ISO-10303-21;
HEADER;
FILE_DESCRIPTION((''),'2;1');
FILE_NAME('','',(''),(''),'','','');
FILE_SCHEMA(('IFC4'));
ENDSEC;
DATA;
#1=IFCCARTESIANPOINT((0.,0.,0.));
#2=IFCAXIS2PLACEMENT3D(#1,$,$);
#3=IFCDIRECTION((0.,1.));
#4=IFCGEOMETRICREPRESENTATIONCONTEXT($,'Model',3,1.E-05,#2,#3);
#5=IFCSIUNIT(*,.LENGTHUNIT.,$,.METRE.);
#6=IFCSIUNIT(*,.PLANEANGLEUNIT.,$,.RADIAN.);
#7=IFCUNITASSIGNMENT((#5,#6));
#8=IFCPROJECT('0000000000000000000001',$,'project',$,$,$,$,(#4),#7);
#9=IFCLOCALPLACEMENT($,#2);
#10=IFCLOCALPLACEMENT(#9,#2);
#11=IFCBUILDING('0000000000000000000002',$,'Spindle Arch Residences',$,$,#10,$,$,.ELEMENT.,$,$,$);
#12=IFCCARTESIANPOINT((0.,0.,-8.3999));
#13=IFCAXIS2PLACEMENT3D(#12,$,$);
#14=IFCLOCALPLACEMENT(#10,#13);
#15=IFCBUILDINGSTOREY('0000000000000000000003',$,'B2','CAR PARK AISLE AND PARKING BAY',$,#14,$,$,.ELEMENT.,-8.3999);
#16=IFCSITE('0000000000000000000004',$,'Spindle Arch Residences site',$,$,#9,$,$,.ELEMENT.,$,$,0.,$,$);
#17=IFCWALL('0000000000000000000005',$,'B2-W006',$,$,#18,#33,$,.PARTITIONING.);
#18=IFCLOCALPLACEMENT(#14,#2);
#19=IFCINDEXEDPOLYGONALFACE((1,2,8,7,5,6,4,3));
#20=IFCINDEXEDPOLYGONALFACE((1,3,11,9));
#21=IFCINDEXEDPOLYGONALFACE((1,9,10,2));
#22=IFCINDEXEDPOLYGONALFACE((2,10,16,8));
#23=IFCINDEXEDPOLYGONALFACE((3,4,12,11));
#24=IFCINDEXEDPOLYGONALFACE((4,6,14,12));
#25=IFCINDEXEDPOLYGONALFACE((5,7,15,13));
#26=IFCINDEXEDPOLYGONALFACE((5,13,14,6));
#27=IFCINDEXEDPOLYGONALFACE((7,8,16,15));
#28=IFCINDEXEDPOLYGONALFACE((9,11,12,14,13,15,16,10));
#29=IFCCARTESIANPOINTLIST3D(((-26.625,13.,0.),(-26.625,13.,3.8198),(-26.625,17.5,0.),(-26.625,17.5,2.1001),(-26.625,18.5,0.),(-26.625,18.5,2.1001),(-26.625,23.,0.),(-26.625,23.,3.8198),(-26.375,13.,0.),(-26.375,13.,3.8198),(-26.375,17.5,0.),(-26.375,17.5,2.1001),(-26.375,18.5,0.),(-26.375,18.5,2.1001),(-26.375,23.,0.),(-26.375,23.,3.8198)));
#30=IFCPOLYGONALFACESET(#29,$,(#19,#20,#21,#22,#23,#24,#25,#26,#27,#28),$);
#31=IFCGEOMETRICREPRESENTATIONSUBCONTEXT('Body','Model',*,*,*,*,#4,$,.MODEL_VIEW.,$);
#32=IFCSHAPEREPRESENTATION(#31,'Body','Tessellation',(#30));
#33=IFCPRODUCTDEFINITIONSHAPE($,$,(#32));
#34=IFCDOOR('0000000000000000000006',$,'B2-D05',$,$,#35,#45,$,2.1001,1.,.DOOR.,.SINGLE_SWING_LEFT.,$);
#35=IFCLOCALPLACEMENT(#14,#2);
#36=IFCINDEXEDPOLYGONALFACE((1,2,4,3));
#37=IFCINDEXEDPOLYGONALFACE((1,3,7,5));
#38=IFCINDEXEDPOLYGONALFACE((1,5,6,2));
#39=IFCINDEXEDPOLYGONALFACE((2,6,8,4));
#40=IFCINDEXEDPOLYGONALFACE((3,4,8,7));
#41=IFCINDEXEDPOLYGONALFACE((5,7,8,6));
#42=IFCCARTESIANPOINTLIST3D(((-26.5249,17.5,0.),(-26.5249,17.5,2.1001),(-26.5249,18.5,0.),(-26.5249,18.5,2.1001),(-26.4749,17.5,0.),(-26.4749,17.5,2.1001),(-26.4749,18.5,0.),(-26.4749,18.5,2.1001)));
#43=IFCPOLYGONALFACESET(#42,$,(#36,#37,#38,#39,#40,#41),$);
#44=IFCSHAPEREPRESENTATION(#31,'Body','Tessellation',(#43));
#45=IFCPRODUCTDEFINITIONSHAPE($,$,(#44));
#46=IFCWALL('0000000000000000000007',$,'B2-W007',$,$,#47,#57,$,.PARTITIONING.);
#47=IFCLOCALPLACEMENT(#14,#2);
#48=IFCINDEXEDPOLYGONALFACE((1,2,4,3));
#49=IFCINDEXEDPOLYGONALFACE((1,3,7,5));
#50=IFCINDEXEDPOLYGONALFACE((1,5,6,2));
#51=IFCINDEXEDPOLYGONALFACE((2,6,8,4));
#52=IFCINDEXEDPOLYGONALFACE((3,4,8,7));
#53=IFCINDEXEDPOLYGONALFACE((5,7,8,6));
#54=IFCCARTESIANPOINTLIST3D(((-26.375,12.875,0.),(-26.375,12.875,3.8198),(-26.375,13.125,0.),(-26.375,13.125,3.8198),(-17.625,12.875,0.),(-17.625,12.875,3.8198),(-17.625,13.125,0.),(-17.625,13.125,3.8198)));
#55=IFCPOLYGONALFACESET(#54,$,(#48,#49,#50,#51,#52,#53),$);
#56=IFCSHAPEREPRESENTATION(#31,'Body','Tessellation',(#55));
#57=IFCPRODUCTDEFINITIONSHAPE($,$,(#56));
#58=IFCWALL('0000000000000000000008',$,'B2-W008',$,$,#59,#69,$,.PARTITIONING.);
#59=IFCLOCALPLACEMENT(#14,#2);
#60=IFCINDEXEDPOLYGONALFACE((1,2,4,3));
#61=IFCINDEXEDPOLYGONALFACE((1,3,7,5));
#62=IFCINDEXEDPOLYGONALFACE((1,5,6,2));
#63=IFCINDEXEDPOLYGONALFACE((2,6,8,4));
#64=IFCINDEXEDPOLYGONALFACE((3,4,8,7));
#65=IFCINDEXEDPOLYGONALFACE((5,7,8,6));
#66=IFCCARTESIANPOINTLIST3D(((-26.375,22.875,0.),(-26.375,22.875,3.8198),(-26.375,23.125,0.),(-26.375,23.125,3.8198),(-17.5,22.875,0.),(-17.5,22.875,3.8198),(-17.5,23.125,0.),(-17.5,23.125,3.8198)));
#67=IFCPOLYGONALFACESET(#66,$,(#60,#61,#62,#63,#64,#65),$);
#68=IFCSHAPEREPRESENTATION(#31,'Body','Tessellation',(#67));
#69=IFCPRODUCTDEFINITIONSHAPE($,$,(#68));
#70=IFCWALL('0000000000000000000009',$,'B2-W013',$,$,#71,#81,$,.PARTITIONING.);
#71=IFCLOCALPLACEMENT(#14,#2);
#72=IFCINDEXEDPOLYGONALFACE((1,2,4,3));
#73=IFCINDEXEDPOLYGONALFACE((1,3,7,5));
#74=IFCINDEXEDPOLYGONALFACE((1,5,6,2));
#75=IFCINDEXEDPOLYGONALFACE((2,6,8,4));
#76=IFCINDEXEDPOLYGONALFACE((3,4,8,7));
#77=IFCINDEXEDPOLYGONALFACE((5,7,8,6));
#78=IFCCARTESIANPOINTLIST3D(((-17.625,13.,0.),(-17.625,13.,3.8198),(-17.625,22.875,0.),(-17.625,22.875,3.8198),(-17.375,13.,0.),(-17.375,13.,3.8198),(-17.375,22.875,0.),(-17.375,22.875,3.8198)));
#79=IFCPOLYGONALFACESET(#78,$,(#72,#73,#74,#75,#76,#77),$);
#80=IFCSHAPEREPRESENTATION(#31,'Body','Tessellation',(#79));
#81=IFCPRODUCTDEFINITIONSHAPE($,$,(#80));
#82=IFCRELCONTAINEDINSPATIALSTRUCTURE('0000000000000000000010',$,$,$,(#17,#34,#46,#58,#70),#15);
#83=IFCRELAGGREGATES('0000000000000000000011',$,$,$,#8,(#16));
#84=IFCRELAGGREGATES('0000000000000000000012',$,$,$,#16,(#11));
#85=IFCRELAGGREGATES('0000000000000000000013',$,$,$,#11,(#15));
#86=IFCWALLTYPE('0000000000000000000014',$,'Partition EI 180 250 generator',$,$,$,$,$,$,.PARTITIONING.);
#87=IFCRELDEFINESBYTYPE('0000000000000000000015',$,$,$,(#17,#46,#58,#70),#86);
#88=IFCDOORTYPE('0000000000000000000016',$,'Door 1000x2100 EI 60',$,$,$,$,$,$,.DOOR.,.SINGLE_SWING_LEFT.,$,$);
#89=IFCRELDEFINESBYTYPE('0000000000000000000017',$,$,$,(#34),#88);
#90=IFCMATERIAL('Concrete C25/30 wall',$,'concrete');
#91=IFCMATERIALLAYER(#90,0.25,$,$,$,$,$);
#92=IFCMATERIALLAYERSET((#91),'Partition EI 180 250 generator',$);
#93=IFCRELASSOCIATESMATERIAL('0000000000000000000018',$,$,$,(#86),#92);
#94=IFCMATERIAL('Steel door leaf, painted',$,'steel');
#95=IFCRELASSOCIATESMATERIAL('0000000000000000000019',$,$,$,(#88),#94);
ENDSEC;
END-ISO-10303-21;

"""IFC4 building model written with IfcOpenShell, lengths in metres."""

from ifc_helpers import new_model, si_unit, direction, frame, frame_2d, origin, place, context, subcontext, project, spatial, rectangle, extrude, material, layer, layer_set, type_object, element, fill, save


model = new_model("IFC4")

# Units and contexts
model_context = context("Model", 3, precision=1e-05, world=origin(), true_north=direction((0.0, 1.0)))
body_context = subcontext(model_context, "Body", "Model", "MODEL_VIEW")
ifc_project = project(units=[si_unit("LENGTHUNIT", "METRE"), si_unit("PLANEANGLEUNIT", "RADIAN")], contexts=[model_context])

# Site, building, storey
site_placement = place(None, origin())
site = spatial("IfcSite", under=ifc_project, at=site_placement, Name="Spindle Arch Residences site", CompositionType="ELEMENT", RefElevation=0.0)
building_placement = place(site_placement, origin())
building = spatial("IfcBuilding", under=site, at=building_placement, Name="Spindle Arch Residences", CompositionType="ELEMENT")
storey_placement = place(building_placement, frame((0.0, 0.0, -8.3999)))
storey = spatial("IfcBuildingStorey", under=building, at=storey_placement, Name="B2", Description="CAR PARK AISLE AND PARKING BAY", CompositionType="ELEMENT", Elevation=-8.3999)

# Wall, opening, door
ifc_material_1 = material(Name="Concrete C25/30 wall", Category="concrete")
ifc_layer_1 = layer(ifc_material_1, 0.25)
ifc_layer_set_1 = layer_set([ifc_layer_1], Name="Partition EI 180 250 generator")
wall_type_1 = type_object("IfcWallType", Name="Partition EI 180 250 generator", PredefinedType="PARTITIONING", material=ifc_layer_set_1)
wall_1_placement = place(storey_placement, frame((-26.5, 13.0, 0.0), z_axis=(0.0, 0.0, 1.0), x_axis=(0.0, 1.0, 0.0)))
wall_1 = element("IfcWall", 1, at=wall_1_placement, inside=storey, type_object=wall_type_1, Name="B2-W006", PredefinedType="PARTITIONING", context=body_context, shape_type="SweptSolid", body=[
    extrude(rectangle(XDim=10.0, YDim=0.25, at=frame_2d((5.0, 0.0))), origin(), (0.0, 0.0, 1.0), 3.8198),
])
opening_placement = place(wall_1_placement, frame((4.5, 0.0, 0.0)))
opening = element("IfcOpeningElement", 2, at=opening_placement, cuts=wall_1, PredefinedType="OPENING", context=body_context, shape_type="SweptSolid", body=[
    extrude(rectangle(XDim=1.0, YDim=2.1001, at=frame_2d((0.5, 1.05))), frame((0.0, 0.135, 0.0), z_axis=(0.0, -1.0, 0.0), x_axis=(1.0, 0.0, 0.0)), (0.0, 0.0, 1.0), 0.27),
])
ifc_material_2 = material(Name="Steel door leaf, painted", Category="steel")
door_type = type_object("IfcDoorType", Name="Door 1000x2100 EI 60", OperationType="SINGLE_SWING_LEFT", PredefinedType="DOOR", material=ifc_material_2)
door_placement = place(opening_placement, origin())
door = element("IfcDoor", 3, at=door_placement, inside=storey, type_object=door_type, Name="B2-D05", OperationType="SINGLE_SWING_LEFT", OverallHeight=2.1001, OverallWidth=1.0, PredefinedType="DOOR", context=body_context, shape_type="SweptSolid", body=[
    extrude(rectangle(XDim=1.0, YDim=2.1001, at=frame_2d((0.5, 1.05))), frame((0.0, 0.0249, 0.0), z_axis=(0.0, -1.0, 0.0), x_axis=(1.0, 0.0, 0.0)), (0.0, 0.0, 1.0), 0.05),
])
fill(opening, door)

# Walls
wall_2_placement = place(storey_placement, frame((-26.375, 13.0, 0.0), z_axis=(0.0, 0.0, 1.0), x_axis=(1.0, 0.0, 0.0)))
element("IfcWall", 4, at=wall_2_placement, inside=storey, type_object=wall_type_1, Name="B2-W007", PredefinedType="PARTITIONING", context=body_context, shape_type="SweptSolid", body=[
    extrude(rectangle(XDim=8.75, YDim=0.25, at=frame_2d((4.375, 0.0))), origin(), (0.0, 0.0, 1.0), 3.8198),
])
wall_3_placement = place(storey_placement, frame((-26.375, 23.0, 0.0), z_axis=(0.0, 0.0, 1.0), x_axis=(1.0, 0.0, 0.0)))
element("IfcWall", 5, at=wall_3_placement, inside=storey, type_object=wall_type_1, Name="B2-W008", PredefinedType="PARTITIONING", context=body_context, shape_type="SweptSolid", body=[
    extrude(rectangle(XDim=8.875, YDim=0.25, at=frame_2d((4.4375, 0.0))), origin(), (0.0, 0.0, 1.0), 3.8198),
])
wall_4_placement = place(storey_placement, frame((-17.5, 22.875, 0.0), z_axis=(0.0, 0.0, 1.0), x_axis=(0.0, -1.0, 0.0)))
element("IfcWall", 6, at=wall_4_placement, inside=storey, type_object=wall_type_1, Name="B2-W013", PredefinedType="PARTITIONING", context=body_context, shape_type="SweptSolid", body=[
    extrude(rectangle(XDim=9.875, YDim=0.25, at=frame_2d((4.9375, 0.0))), origin(), (0.0, 0.0, 1.0), 3.8198),
])

save(model, "model.ifc")
